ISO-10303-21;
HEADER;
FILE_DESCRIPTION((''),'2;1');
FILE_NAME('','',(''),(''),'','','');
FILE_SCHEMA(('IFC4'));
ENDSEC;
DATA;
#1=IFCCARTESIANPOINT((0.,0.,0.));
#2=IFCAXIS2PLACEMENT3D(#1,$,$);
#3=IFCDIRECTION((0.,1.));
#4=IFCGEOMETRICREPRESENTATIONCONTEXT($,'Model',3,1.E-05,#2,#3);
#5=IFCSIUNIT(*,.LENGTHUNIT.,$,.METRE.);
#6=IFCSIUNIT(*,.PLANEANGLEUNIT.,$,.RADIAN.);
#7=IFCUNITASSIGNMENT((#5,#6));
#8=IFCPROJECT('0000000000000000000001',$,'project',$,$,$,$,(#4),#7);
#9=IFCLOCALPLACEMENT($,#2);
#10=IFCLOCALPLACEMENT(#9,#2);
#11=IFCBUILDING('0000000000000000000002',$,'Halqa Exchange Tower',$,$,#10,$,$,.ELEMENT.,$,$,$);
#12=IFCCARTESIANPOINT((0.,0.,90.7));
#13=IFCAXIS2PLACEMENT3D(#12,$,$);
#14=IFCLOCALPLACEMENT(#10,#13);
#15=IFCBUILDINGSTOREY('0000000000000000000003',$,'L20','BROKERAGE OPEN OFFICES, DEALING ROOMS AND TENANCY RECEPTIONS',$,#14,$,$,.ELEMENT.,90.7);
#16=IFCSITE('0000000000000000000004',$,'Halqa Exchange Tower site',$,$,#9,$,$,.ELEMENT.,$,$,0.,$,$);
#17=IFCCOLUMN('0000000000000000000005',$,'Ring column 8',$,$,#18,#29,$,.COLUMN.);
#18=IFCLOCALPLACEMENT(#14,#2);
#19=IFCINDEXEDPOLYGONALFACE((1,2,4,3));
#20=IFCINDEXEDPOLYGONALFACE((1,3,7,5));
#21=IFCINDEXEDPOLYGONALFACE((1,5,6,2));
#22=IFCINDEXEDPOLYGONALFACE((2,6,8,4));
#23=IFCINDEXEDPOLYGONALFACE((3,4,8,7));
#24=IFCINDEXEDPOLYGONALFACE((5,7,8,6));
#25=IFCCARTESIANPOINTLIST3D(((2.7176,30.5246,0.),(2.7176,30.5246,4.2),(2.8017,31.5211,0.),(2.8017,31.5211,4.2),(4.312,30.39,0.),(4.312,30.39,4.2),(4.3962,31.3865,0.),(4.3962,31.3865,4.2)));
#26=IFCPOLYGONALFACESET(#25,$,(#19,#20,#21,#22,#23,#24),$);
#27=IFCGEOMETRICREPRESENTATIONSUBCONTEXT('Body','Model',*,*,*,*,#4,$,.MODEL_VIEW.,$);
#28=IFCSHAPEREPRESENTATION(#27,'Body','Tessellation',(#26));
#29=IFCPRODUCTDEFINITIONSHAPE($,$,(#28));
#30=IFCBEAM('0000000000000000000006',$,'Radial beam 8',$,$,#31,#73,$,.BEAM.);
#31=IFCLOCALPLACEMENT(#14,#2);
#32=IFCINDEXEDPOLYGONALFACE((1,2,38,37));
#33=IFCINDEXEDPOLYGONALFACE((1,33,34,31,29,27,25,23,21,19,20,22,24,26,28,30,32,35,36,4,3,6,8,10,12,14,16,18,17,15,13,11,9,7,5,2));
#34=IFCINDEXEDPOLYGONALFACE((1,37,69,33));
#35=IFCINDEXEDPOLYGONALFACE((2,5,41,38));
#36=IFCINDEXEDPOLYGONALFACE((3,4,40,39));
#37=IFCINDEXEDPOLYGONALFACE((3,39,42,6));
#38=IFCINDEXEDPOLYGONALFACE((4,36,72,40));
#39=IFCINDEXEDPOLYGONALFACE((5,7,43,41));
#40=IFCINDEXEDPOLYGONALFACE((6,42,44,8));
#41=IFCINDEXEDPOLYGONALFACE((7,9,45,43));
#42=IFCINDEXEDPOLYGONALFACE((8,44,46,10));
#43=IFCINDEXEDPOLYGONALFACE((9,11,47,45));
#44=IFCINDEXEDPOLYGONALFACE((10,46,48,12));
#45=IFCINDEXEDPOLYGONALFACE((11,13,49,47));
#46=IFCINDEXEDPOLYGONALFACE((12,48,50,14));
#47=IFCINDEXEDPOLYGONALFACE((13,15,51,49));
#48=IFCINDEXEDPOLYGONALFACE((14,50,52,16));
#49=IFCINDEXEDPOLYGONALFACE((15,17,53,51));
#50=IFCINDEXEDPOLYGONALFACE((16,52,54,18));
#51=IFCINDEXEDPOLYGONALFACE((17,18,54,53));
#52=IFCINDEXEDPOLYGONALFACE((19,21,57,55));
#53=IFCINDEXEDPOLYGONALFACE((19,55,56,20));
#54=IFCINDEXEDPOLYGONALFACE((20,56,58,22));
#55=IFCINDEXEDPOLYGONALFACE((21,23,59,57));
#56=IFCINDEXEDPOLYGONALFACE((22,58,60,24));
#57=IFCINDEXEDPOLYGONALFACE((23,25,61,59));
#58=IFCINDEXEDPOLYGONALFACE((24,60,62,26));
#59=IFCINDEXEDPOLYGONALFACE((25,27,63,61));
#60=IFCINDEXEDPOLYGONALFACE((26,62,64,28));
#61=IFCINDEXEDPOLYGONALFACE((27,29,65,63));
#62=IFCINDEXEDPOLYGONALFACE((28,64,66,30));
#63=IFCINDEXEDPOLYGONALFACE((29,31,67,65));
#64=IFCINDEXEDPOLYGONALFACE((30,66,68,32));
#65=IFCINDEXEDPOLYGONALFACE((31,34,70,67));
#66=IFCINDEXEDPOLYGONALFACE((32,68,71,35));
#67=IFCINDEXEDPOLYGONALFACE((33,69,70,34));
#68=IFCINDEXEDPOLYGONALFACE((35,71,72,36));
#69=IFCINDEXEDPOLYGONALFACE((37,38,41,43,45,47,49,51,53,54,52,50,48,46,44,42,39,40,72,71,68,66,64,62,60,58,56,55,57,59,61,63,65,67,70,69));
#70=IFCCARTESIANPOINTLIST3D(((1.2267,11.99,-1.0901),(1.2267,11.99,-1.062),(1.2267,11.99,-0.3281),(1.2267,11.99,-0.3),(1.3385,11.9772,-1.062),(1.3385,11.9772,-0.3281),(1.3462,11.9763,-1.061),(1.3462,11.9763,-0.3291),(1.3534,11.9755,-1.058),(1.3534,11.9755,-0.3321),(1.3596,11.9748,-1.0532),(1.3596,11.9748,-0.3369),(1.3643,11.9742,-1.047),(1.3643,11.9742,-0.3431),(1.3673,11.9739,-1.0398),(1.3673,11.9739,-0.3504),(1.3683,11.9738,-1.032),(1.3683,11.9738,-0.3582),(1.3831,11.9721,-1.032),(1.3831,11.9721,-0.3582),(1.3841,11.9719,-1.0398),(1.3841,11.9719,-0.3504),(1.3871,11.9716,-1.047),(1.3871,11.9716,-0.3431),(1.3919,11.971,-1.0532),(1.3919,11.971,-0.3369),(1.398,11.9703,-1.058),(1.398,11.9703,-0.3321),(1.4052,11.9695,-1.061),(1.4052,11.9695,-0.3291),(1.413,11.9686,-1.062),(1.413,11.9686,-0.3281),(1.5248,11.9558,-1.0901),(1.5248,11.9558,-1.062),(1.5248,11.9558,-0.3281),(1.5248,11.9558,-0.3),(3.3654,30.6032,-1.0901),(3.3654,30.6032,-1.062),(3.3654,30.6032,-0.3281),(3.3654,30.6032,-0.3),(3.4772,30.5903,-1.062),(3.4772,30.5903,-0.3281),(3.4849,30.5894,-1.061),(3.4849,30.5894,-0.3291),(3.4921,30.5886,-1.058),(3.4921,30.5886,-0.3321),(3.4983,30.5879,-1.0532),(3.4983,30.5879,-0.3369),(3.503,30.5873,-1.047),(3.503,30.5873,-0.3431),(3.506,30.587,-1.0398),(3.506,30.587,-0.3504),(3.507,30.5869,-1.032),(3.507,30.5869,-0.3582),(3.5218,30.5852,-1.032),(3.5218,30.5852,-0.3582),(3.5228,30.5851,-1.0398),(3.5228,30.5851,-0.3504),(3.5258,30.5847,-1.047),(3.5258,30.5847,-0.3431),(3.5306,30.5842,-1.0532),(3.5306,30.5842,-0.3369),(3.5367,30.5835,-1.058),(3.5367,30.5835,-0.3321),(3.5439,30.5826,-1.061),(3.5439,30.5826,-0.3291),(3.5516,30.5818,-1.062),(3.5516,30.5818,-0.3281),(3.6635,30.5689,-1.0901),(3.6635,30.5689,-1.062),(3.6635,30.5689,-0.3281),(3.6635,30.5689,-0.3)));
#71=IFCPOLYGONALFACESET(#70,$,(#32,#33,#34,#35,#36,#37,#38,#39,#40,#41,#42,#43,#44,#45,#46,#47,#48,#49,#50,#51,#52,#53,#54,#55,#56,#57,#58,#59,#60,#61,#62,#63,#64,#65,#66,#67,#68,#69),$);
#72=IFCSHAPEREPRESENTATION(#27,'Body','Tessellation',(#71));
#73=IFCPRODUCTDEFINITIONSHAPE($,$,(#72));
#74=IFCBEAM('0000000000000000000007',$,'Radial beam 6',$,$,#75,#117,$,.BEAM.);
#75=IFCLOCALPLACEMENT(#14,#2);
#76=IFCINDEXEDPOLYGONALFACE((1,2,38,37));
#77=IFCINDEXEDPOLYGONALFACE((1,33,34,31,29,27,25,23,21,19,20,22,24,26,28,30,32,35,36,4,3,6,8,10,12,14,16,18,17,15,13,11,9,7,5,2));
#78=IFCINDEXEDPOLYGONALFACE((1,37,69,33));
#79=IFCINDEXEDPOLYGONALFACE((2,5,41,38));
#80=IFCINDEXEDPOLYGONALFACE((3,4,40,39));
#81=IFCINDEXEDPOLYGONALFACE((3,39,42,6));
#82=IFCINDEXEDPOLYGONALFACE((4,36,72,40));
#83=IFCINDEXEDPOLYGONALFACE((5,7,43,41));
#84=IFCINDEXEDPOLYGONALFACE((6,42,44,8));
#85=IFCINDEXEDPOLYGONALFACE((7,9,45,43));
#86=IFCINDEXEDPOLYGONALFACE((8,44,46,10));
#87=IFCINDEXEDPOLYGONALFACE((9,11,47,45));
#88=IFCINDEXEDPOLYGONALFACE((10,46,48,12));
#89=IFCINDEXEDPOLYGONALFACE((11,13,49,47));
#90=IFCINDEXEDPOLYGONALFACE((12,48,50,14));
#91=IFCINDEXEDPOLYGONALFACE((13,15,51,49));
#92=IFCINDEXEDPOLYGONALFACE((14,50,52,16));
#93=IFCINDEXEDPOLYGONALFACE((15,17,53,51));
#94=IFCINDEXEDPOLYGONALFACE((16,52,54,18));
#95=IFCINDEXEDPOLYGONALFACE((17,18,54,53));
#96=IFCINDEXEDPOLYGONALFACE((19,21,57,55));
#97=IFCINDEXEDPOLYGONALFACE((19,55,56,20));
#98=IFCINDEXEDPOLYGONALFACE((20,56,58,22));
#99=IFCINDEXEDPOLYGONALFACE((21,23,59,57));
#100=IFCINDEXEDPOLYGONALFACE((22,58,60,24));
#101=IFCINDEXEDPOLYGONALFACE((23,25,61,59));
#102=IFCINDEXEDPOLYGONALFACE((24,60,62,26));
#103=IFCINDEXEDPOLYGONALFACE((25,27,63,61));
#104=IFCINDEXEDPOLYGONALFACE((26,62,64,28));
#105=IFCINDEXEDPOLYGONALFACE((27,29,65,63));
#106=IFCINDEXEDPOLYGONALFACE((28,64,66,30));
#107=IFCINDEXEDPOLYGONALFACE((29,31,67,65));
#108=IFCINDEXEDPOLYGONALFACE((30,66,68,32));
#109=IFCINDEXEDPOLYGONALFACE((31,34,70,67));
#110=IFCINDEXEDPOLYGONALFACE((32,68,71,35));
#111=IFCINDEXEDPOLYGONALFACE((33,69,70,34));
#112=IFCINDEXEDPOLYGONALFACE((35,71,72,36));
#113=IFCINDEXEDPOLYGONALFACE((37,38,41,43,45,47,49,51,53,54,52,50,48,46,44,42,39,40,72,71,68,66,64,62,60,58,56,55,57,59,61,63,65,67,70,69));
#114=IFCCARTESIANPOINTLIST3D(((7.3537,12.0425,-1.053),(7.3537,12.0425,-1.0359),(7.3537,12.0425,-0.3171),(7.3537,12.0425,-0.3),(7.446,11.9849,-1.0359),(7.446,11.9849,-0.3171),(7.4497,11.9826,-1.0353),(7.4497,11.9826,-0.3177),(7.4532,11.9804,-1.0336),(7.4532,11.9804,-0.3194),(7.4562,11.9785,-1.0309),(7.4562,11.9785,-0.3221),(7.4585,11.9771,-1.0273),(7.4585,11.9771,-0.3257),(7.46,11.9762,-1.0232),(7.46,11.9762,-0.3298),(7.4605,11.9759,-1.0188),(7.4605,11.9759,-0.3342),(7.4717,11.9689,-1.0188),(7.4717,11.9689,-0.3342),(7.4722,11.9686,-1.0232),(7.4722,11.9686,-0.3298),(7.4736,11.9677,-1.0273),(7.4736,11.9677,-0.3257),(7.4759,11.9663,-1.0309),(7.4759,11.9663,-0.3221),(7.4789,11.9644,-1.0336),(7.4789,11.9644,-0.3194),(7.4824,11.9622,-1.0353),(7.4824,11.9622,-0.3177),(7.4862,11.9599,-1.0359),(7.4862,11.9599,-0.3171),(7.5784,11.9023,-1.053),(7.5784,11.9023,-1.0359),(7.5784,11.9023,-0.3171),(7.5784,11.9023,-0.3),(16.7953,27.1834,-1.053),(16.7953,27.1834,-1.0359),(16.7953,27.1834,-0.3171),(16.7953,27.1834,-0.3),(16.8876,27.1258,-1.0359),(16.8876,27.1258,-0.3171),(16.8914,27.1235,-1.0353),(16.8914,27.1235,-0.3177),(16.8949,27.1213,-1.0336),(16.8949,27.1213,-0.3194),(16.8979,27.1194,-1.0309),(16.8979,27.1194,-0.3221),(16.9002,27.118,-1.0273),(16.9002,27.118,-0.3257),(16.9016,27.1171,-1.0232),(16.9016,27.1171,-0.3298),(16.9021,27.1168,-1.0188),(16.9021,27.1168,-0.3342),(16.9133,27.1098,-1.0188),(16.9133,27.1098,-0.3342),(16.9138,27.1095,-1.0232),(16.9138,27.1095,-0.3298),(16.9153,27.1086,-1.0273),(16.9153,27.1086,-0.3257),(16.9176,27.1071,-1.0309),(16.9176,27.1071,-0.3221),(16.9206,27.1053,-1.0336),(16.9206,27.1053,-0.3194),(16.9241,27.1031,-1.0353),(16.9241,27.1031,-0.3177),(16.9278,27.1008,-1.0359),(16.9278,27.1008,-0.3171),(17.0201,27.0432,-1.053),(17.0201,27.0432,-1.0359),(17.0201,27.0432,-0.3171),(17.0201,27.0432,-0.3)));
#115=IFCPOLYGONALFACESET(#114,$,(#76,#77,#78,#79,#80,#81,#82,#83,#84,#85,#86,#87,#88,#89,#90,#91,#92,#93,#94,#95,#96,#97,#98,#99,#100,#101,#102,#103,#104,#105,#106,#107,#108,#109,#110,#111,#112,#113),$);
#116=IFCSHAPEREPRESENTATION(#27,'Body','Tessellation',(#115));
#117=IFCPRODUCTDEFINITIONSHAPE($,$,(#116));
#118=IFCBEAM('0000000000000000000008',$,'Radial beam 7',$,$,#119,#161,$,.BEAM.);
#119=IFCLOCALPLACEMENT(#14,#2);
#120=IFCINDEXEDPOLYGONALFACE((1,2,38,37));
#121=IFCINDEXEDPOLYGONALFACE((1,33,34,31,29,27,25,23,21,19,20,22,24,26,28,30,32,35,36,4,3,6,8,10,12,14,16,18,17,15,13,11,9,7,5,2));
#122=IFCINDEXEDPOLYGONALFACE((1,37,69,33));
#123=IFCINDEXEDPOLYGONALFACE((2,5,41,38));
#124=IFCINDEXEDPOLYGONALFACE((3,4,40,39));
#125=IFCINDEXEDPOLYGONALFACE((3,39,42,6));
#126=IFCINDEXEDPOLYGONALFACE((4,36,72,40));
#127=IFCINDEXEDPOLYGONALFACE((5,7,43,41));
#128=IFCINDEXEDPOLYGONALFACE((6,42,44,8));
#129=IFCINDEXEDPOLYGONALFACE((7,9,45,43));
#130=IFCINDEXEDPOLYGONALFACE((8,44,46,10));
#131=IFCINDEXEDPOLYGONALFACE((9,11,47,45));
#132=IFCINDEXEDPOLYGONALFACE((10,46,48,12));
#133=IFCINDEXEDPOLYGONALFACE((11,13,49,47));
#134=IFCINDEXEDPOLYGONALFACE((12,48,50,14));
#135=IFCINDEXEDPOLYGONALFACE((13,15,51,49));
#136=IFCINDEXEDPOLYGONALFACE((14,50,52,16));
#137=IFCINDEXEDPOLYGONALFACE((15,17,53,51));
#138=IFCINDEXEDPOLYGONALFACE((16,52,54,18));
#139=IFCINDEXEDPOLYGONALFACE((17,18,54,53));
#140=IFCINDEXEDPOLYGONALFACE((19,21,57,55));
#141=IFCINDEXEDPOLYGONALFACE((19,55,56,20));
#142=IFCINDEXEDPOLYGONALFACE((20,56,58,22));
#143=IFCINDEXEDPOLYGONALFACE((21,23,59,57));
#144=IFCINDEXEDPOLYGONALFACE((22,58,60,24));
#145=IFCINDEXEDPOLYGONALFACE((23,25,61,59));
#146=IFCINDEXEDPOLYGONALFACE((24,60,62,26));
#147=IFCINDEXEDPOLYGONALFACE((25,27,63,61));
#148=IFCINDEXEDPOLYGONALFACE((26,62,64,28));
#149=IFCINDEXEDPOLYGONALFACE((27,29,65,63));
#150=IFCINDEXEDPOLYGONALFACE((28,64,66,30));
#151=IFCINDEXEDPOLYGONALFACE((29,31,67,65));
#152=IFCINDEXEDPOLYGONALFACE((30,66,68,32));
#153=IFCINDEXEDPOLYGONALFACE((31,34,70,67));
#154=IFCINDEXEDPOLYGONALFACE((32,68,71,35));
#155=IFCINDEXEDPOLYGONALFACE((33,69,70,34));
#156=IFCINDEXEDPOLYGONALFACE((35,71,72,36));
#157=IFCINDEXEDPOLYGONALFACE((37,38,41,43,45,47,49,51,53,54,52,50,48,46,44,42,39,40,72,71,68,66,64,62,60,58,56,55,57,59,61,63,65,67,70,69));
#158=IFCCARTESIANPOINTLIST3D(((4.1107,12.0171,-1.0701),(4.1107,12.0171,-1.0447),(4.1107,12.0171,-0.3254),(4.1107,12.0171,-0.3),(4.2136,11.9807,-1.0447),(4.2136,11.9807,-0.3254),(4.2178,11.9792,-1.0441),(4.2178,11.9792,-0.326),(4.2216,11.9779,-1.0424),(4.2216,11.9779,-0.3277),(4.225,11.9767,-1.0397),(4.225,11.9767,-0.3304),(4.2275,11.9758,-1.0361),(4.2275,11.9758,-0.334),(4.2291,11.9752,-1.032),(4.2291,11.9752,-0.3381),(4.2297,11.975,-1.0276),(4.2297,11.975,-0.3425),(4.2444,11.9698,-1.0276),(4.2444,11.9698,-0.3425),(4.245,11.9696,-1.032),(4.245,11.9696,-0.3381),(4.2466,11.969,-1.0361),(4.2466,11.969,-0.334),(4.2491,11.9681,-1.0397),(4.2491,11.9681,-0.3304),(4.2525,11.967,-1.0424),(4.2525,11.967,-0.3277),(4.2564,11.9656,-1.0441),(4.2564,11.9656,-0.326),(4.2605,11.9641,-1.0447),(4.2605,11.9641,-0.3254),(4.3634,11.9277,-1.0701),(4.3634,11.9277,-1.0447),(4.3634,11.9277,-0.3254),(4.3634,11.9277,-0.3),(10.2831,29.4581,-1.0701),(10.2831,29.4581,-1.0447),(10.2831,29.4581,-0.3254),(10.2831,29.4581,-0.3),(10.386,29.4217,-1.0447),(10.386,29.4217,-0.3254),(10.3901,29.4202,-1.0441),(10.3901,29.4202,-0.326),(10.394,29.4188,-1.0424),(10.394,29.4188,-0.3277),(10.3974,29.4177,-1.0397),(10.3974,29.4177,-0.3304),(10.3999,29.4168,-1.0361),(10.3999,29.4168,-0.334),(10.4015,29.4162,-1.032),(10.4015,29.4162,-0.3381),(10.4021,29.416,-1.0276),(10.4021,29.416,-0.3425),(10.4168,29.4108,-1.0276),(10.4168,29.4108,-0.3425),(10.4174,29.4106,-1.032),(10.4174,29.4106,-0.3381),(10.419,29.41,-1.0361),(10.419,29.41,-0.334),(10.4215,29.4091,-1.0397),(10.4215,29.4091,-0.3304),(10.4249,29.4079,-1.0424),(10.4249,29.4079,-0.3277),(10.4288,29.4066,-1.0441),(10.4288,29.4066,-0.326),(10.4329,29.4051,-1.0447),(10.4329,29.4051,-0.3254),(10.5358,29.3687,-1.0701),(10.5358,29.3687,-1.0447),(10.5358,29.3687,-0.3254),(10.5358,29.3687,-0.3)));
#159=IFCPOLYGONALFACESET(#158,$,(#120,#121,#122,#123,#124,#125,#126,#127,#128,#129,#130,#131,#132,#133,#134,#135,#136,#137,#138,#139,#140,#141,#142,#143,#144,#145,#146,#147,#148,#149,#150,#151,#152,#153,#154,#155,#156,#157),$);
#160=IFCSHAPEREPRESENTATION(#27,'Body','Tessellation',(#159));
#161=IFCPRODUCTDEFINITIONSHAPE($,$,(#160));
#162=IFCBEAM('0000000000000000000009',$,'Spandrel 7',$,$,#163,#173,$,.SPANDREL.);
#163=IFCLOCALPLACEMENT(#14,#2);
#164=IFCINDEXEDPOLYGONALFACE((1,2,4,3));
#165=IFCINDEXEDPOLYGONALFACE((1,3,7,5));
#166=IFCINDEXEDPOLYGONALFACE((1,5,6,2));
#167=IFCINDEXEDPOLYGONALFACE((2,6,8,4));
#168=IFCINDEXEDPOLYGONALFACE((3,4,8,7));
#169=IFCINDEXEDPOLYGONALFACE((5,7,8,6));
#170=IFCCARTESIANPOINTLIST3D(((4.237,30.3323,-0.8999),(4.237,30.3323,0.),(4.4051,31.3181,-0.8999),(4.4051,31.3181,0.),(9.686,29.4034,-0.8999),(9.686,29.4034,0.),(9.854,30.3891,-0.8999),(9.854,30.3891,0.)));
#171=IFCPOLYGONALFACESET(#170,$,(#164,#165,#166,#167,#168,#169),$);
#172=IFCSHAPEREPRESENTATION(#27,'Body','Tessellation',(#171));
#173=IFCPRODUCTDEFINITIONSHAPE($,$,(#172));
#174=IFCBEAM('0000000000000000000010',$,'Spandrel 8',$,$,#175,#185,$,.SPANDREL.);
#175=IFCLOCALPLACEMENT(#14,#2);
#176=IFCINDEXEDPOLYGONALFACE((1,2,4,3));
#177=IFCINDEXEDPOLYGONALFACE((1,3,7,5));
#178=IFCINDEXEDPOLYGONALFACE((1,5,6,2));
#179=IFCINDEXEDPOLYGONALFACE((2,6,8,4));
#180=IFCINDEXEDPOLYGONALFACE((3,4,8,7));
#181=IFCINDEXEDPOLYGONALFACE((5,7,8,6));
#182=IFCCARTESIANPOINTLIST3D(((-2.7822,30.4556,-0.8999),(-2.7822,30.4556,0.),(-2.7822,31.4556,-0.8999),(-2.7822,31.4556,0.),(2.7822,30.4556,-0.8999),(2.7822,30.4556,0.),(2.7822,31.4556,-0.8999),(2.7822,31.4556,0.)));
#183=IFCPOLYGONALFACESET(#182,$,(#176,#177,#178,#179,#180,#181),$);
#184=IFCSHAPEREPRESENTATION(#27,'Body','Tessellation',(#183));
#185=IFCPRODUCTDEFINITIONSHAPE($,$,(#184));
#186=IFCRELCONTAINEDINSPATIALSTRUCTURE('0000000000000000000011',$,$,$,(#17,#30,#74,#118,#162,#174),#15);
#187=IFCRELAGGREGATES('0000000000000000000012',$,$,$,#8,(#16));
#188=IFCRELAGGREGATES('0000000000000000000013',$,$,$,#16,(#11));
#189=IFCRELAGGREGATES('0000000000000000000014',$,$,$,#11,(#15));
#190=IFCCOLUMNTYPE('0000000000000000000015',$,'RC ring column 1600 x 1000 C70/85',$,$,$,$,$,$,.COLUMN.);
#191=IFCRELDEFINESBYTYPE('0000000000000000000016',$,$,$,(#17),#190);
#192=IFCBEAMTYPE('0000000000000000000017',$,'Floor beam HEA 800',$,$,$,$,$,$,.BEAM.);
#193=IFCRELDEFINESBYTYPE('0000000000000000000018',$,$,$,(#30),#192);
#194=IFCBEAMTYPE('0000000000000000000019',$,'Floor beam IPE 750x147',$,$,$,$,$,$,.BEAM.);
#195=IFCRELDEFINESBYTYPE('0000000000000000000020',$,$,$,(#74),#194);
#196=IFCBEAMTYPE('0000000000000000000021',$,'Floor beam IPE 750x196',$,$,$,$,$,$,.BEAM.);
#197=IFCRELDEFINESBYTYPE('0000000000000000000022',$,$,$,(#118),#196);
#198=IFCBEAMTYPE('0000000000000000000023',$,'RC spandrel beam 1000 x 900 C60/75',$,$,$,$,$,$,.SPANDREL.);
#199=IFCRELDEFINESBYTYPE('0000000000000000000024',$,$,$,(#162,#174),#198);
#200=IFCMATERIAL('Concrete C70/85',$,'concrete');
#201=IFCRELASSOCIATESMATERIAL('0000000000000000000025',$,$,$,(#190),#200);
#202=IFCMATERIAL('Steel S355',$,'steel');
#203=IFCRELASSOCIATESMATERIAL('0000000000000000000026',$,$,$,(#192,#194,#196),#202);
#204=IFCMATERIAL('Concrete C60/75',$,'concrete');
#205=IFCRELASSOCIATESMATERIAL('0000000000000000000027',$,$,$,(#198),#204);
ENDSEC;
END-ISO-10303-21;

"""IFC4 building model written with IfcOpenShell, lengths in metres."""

from ifc_helpers import new_model, si_unit, direction, frame, origin, origin_2d, place, context, subcontext, project, spatial, rectangle, i_section, extrude, material, material_profile, profile_set, type_object, element, save


model = new_model("IFC4")

# Units and contexts
model_context = context("Model", 3, precision=1e-05, world=origin(), true_north=direction((0.0, 1.0)))
body_context = subcontext(model_context, "Body", "Model", "MODEL_VIEW")
ifc_project = project(units=[si_unit("LENGTHUNIT", "METRE"), si_unit("PLANEANGLEUNIT", "RADIAN")], contexts=[model_context])

# Site, building, storey
site_placement = place(None, origin())
site = spatial("IfcSite", under=ifc_project, at=site_placement, Name="Halqa Exchange Tower site", CompositionType="ELEMENT", RefElevation=0.0)
building_placement = place(site_placement, origin())
building = spatial("IfcBuilding", under=site, at=building_placement, Name="Halqa Exchange Tower", CompositionType="ELEMENT")
storey_placement = place(building_placement, frame((0.0, 0.0, 90.7)))
storey = spatial("IfcBuildingStorey", under=building, at=storey_placement, Name="L20", Description="BROKERAGE OPEN OFFICES, DEALING ROOMS AND TENANCY RECEPTIONS", CompositionType="ELEMENT", Elevation=90.7)

# Column
ifc_material_1 = material(Name="Concrete C70/85", Category="concrete")
ifc_material_profile_1 = material_profile(ifc_material_1, rectangle(XDim=1.6001, YDim=1.0, at=origin_2d()), Name="1600 x 1000")
ifc_profile_set_1 = profile_set([ifc_material_profile_1], Name="Concrete C70/85")
column_type = type_object("IfcColumnType", Name="RC ring column 1600 x 1000 C70/85", PredefinedType="COLUMN", material=ifc_profile_set_1)
column_placement = place(storey_placement, frame((3.5569, 30.9556, 0.0), z_axis=(0.0, 0.0, 1.0), x_axis=(-0.996456, 0.084121, 0.0)))
element("IfcColumn", 1, at=column_placement, inside=storey, type_object=column_type, Name="Ring column 8", PredefinedType="COLUMN", context=body_context, shape_type="SweptSolid", body=[
    extrude(rectangle(XDim=1.6001, YDim=1.0, at=origin_2d()), origin(), (0.0, 0.0, 1.0), 4.2),
])

# Beams
ifc_material_2 = material(Name="Steel S355", Category="steel")
ifc_material_profile_2 = material_profile(ifc_material_2, i_section(OverallWidth=0.3, OverallDepth=0.79, WebThickness=0.0149, FlangeThickness=0.0281, FilletRadius=0.03, at=origin_2d()), Name="HEA 800")
ifc_profile_set_2 = profile_set([ifc_material_profile_2], Name="Steel S355")
beam_type_1 = type_object("IfcBeamType", Name="Floor beam HEA 800", PredefinedType="BEAM", material=ifc_profile_set_2)
beam_1_placement = place(storey_placement, frame((1.3757, 11.9729, -0.6951), z_axis=(0.114151, 0.993463, 0.0), x_axis=(-0.993463, 0.114151, 0.0)))
element("IfcBeam", 2, at=beam_1_placement, inside=storey, type_object=beam_type_1, Name="Radial beam 8", PredefinedType="BEAM", context=body_context, shape_type="SweptSolid", body=[
    extrude(i_section(OverallWidth=0.3, OverallDepth=0.79, WebThickness=0.0149, FlangeThickness=0.0281, FilletRadius=0.03, at=origin_2d()), origin(), (0.0, 0.0, 1.0), 18.7356),
])
ifc_material_profile_3 = material_profile(ifc_material_2, i_section(OverallWidth=0.2649, OverallDepth=0.7529, WebThickness=0.0132, FlangeThickness=0.0171, FilletRadius=0.0171, at=origin_2d()), Name="IPE 750x147")
ifc_profile_set_3 = profile_set([ifc_material_profile_3], Name="Steel S355")
beam_type_2 = type_object("IfcBeamType", Name="Floor beam IPE 750x147", PredefinedType="BEAM", material=ifc_profile_set_3)
beam_2_placement = place(storey_placement, frame((7.4661, 11.9724, -0.6765), z_axis=(0.529137, 0.848537, 0.0), x_axis=(-0.848537, 0.529137, 0.0)))
element("IfcBeam", 3, at=beam_2_placement, inside=storey, type_object=beam_type_2, Name="Radial beam 6", PredefinedType="BEAM", context=body_context, shape_type="SweptSolid", body=[
    extrude(i_section(OverallWidth=0.2649, OverallDepth=0.7529, WebThickness=0.0132, FlangeThickness=0.0171, FilletRadius=0.0171, at=origin_2d()), origin(), (0.0, 0.0, 1.0), 17.8435),
])
ifc_material_profile_4 = material_profile(ifc_material_2, i_section(OverallWidth=0.2681, OverallDepth=0.77, WebThickness=0.0156, FlangeThickness=0.0254, FilletRadius=0.0171, at=origin_2d()), Name="IPE 750x196")
ifc_profile_set_4 = profile_set([ifc_material_profile_4], Name="Steel S355")
beam_type_3 = type_object("IfcBeamType", Name="Floor beam IPE 750x196", PredefinedType="BEAM", material=ifc_profile_set_4)
beam_3_placement = place(storey_placement, frame((4.2371, 11.9724, -0.6851), z_axis=(0.333625, 0.942706, 0.0), x_axis=(-0.942706, 0.333625, 0.0)))
element("IfcBeam", 4, at=beam_3_placement, inside=storey, type_object=beam_type_3, Name="Radial beam 7", PredefinedType="BEAM", context=body_context, shape_type="SweptSolid", body=[
    extrude(i_section(OverallWidth=0.2681, OverallDepth=0.77, WebThickness=0.0156, FlangeThickness=0.0254, FilletRadius=0.0171, at=origin_2d()), origin(), (0.0, 0.0, 1.0), 18.501),
])
ifc_material_3 = material(Name="Concrete C60/75", Category="concrete")
ifc_material_profile_5 = material_profile(ifc_material_3, rectangle(XDim=1.0, YDim=0.8999, at=origin_2d()), Name="1000 x 900")
ifc_profile_set_5 = profile_set([ifc_material_profile_5], Name="Concrete C60/75")
beam_type_4 = type_object("IfcBeamType", Name="RC spandrel beam 1000 x 900 C60/75", PredefinedType="SPANDREL", material=ifc_profile_set_5)
beam_4_placement = place(storey_placement, frame((9.77, 29.8962, -0.45), z_axis=(-0.985777, 0.168058, 0.0), x_axis=(-0.168058, -0.985777, 0.0)))
element("IfcBeam", 5, at=beam_4_placement, inside=storey, type_object=beam_type_4, Name="Spandrel 7", PredefinedType="SPANDREL", context=body_context, shape_type="SweptSolid", body=[
    extrude(rectangle(XDim=1.0, YDim=0.8999, at=origin_2d()), origin(), (0.0, 0.0, 1.0), 5.5276),
])
beam_5_placement = place(storey_placement, frame((2.7822, 30.9556, -0.45), z_axis=(-1.0, 0.0, 0.0), x_axis=(0.0, -1.0, 0.0)))
element("IfcBeam", 6, at=beam_5_placement, inside=storey, type_object=beam_type_4, Name="Spandrel 8", PredefinedType="SPANDREL", context=body_context, shape_type="SweptSolid", body=[
    extrude(rectangle(XDim=1.0, YDim=0.8999, at=origin_2d()), origin(), (0.0, 0.0, 1.0), 5.5645),
])

save(model, "model.ifc")
